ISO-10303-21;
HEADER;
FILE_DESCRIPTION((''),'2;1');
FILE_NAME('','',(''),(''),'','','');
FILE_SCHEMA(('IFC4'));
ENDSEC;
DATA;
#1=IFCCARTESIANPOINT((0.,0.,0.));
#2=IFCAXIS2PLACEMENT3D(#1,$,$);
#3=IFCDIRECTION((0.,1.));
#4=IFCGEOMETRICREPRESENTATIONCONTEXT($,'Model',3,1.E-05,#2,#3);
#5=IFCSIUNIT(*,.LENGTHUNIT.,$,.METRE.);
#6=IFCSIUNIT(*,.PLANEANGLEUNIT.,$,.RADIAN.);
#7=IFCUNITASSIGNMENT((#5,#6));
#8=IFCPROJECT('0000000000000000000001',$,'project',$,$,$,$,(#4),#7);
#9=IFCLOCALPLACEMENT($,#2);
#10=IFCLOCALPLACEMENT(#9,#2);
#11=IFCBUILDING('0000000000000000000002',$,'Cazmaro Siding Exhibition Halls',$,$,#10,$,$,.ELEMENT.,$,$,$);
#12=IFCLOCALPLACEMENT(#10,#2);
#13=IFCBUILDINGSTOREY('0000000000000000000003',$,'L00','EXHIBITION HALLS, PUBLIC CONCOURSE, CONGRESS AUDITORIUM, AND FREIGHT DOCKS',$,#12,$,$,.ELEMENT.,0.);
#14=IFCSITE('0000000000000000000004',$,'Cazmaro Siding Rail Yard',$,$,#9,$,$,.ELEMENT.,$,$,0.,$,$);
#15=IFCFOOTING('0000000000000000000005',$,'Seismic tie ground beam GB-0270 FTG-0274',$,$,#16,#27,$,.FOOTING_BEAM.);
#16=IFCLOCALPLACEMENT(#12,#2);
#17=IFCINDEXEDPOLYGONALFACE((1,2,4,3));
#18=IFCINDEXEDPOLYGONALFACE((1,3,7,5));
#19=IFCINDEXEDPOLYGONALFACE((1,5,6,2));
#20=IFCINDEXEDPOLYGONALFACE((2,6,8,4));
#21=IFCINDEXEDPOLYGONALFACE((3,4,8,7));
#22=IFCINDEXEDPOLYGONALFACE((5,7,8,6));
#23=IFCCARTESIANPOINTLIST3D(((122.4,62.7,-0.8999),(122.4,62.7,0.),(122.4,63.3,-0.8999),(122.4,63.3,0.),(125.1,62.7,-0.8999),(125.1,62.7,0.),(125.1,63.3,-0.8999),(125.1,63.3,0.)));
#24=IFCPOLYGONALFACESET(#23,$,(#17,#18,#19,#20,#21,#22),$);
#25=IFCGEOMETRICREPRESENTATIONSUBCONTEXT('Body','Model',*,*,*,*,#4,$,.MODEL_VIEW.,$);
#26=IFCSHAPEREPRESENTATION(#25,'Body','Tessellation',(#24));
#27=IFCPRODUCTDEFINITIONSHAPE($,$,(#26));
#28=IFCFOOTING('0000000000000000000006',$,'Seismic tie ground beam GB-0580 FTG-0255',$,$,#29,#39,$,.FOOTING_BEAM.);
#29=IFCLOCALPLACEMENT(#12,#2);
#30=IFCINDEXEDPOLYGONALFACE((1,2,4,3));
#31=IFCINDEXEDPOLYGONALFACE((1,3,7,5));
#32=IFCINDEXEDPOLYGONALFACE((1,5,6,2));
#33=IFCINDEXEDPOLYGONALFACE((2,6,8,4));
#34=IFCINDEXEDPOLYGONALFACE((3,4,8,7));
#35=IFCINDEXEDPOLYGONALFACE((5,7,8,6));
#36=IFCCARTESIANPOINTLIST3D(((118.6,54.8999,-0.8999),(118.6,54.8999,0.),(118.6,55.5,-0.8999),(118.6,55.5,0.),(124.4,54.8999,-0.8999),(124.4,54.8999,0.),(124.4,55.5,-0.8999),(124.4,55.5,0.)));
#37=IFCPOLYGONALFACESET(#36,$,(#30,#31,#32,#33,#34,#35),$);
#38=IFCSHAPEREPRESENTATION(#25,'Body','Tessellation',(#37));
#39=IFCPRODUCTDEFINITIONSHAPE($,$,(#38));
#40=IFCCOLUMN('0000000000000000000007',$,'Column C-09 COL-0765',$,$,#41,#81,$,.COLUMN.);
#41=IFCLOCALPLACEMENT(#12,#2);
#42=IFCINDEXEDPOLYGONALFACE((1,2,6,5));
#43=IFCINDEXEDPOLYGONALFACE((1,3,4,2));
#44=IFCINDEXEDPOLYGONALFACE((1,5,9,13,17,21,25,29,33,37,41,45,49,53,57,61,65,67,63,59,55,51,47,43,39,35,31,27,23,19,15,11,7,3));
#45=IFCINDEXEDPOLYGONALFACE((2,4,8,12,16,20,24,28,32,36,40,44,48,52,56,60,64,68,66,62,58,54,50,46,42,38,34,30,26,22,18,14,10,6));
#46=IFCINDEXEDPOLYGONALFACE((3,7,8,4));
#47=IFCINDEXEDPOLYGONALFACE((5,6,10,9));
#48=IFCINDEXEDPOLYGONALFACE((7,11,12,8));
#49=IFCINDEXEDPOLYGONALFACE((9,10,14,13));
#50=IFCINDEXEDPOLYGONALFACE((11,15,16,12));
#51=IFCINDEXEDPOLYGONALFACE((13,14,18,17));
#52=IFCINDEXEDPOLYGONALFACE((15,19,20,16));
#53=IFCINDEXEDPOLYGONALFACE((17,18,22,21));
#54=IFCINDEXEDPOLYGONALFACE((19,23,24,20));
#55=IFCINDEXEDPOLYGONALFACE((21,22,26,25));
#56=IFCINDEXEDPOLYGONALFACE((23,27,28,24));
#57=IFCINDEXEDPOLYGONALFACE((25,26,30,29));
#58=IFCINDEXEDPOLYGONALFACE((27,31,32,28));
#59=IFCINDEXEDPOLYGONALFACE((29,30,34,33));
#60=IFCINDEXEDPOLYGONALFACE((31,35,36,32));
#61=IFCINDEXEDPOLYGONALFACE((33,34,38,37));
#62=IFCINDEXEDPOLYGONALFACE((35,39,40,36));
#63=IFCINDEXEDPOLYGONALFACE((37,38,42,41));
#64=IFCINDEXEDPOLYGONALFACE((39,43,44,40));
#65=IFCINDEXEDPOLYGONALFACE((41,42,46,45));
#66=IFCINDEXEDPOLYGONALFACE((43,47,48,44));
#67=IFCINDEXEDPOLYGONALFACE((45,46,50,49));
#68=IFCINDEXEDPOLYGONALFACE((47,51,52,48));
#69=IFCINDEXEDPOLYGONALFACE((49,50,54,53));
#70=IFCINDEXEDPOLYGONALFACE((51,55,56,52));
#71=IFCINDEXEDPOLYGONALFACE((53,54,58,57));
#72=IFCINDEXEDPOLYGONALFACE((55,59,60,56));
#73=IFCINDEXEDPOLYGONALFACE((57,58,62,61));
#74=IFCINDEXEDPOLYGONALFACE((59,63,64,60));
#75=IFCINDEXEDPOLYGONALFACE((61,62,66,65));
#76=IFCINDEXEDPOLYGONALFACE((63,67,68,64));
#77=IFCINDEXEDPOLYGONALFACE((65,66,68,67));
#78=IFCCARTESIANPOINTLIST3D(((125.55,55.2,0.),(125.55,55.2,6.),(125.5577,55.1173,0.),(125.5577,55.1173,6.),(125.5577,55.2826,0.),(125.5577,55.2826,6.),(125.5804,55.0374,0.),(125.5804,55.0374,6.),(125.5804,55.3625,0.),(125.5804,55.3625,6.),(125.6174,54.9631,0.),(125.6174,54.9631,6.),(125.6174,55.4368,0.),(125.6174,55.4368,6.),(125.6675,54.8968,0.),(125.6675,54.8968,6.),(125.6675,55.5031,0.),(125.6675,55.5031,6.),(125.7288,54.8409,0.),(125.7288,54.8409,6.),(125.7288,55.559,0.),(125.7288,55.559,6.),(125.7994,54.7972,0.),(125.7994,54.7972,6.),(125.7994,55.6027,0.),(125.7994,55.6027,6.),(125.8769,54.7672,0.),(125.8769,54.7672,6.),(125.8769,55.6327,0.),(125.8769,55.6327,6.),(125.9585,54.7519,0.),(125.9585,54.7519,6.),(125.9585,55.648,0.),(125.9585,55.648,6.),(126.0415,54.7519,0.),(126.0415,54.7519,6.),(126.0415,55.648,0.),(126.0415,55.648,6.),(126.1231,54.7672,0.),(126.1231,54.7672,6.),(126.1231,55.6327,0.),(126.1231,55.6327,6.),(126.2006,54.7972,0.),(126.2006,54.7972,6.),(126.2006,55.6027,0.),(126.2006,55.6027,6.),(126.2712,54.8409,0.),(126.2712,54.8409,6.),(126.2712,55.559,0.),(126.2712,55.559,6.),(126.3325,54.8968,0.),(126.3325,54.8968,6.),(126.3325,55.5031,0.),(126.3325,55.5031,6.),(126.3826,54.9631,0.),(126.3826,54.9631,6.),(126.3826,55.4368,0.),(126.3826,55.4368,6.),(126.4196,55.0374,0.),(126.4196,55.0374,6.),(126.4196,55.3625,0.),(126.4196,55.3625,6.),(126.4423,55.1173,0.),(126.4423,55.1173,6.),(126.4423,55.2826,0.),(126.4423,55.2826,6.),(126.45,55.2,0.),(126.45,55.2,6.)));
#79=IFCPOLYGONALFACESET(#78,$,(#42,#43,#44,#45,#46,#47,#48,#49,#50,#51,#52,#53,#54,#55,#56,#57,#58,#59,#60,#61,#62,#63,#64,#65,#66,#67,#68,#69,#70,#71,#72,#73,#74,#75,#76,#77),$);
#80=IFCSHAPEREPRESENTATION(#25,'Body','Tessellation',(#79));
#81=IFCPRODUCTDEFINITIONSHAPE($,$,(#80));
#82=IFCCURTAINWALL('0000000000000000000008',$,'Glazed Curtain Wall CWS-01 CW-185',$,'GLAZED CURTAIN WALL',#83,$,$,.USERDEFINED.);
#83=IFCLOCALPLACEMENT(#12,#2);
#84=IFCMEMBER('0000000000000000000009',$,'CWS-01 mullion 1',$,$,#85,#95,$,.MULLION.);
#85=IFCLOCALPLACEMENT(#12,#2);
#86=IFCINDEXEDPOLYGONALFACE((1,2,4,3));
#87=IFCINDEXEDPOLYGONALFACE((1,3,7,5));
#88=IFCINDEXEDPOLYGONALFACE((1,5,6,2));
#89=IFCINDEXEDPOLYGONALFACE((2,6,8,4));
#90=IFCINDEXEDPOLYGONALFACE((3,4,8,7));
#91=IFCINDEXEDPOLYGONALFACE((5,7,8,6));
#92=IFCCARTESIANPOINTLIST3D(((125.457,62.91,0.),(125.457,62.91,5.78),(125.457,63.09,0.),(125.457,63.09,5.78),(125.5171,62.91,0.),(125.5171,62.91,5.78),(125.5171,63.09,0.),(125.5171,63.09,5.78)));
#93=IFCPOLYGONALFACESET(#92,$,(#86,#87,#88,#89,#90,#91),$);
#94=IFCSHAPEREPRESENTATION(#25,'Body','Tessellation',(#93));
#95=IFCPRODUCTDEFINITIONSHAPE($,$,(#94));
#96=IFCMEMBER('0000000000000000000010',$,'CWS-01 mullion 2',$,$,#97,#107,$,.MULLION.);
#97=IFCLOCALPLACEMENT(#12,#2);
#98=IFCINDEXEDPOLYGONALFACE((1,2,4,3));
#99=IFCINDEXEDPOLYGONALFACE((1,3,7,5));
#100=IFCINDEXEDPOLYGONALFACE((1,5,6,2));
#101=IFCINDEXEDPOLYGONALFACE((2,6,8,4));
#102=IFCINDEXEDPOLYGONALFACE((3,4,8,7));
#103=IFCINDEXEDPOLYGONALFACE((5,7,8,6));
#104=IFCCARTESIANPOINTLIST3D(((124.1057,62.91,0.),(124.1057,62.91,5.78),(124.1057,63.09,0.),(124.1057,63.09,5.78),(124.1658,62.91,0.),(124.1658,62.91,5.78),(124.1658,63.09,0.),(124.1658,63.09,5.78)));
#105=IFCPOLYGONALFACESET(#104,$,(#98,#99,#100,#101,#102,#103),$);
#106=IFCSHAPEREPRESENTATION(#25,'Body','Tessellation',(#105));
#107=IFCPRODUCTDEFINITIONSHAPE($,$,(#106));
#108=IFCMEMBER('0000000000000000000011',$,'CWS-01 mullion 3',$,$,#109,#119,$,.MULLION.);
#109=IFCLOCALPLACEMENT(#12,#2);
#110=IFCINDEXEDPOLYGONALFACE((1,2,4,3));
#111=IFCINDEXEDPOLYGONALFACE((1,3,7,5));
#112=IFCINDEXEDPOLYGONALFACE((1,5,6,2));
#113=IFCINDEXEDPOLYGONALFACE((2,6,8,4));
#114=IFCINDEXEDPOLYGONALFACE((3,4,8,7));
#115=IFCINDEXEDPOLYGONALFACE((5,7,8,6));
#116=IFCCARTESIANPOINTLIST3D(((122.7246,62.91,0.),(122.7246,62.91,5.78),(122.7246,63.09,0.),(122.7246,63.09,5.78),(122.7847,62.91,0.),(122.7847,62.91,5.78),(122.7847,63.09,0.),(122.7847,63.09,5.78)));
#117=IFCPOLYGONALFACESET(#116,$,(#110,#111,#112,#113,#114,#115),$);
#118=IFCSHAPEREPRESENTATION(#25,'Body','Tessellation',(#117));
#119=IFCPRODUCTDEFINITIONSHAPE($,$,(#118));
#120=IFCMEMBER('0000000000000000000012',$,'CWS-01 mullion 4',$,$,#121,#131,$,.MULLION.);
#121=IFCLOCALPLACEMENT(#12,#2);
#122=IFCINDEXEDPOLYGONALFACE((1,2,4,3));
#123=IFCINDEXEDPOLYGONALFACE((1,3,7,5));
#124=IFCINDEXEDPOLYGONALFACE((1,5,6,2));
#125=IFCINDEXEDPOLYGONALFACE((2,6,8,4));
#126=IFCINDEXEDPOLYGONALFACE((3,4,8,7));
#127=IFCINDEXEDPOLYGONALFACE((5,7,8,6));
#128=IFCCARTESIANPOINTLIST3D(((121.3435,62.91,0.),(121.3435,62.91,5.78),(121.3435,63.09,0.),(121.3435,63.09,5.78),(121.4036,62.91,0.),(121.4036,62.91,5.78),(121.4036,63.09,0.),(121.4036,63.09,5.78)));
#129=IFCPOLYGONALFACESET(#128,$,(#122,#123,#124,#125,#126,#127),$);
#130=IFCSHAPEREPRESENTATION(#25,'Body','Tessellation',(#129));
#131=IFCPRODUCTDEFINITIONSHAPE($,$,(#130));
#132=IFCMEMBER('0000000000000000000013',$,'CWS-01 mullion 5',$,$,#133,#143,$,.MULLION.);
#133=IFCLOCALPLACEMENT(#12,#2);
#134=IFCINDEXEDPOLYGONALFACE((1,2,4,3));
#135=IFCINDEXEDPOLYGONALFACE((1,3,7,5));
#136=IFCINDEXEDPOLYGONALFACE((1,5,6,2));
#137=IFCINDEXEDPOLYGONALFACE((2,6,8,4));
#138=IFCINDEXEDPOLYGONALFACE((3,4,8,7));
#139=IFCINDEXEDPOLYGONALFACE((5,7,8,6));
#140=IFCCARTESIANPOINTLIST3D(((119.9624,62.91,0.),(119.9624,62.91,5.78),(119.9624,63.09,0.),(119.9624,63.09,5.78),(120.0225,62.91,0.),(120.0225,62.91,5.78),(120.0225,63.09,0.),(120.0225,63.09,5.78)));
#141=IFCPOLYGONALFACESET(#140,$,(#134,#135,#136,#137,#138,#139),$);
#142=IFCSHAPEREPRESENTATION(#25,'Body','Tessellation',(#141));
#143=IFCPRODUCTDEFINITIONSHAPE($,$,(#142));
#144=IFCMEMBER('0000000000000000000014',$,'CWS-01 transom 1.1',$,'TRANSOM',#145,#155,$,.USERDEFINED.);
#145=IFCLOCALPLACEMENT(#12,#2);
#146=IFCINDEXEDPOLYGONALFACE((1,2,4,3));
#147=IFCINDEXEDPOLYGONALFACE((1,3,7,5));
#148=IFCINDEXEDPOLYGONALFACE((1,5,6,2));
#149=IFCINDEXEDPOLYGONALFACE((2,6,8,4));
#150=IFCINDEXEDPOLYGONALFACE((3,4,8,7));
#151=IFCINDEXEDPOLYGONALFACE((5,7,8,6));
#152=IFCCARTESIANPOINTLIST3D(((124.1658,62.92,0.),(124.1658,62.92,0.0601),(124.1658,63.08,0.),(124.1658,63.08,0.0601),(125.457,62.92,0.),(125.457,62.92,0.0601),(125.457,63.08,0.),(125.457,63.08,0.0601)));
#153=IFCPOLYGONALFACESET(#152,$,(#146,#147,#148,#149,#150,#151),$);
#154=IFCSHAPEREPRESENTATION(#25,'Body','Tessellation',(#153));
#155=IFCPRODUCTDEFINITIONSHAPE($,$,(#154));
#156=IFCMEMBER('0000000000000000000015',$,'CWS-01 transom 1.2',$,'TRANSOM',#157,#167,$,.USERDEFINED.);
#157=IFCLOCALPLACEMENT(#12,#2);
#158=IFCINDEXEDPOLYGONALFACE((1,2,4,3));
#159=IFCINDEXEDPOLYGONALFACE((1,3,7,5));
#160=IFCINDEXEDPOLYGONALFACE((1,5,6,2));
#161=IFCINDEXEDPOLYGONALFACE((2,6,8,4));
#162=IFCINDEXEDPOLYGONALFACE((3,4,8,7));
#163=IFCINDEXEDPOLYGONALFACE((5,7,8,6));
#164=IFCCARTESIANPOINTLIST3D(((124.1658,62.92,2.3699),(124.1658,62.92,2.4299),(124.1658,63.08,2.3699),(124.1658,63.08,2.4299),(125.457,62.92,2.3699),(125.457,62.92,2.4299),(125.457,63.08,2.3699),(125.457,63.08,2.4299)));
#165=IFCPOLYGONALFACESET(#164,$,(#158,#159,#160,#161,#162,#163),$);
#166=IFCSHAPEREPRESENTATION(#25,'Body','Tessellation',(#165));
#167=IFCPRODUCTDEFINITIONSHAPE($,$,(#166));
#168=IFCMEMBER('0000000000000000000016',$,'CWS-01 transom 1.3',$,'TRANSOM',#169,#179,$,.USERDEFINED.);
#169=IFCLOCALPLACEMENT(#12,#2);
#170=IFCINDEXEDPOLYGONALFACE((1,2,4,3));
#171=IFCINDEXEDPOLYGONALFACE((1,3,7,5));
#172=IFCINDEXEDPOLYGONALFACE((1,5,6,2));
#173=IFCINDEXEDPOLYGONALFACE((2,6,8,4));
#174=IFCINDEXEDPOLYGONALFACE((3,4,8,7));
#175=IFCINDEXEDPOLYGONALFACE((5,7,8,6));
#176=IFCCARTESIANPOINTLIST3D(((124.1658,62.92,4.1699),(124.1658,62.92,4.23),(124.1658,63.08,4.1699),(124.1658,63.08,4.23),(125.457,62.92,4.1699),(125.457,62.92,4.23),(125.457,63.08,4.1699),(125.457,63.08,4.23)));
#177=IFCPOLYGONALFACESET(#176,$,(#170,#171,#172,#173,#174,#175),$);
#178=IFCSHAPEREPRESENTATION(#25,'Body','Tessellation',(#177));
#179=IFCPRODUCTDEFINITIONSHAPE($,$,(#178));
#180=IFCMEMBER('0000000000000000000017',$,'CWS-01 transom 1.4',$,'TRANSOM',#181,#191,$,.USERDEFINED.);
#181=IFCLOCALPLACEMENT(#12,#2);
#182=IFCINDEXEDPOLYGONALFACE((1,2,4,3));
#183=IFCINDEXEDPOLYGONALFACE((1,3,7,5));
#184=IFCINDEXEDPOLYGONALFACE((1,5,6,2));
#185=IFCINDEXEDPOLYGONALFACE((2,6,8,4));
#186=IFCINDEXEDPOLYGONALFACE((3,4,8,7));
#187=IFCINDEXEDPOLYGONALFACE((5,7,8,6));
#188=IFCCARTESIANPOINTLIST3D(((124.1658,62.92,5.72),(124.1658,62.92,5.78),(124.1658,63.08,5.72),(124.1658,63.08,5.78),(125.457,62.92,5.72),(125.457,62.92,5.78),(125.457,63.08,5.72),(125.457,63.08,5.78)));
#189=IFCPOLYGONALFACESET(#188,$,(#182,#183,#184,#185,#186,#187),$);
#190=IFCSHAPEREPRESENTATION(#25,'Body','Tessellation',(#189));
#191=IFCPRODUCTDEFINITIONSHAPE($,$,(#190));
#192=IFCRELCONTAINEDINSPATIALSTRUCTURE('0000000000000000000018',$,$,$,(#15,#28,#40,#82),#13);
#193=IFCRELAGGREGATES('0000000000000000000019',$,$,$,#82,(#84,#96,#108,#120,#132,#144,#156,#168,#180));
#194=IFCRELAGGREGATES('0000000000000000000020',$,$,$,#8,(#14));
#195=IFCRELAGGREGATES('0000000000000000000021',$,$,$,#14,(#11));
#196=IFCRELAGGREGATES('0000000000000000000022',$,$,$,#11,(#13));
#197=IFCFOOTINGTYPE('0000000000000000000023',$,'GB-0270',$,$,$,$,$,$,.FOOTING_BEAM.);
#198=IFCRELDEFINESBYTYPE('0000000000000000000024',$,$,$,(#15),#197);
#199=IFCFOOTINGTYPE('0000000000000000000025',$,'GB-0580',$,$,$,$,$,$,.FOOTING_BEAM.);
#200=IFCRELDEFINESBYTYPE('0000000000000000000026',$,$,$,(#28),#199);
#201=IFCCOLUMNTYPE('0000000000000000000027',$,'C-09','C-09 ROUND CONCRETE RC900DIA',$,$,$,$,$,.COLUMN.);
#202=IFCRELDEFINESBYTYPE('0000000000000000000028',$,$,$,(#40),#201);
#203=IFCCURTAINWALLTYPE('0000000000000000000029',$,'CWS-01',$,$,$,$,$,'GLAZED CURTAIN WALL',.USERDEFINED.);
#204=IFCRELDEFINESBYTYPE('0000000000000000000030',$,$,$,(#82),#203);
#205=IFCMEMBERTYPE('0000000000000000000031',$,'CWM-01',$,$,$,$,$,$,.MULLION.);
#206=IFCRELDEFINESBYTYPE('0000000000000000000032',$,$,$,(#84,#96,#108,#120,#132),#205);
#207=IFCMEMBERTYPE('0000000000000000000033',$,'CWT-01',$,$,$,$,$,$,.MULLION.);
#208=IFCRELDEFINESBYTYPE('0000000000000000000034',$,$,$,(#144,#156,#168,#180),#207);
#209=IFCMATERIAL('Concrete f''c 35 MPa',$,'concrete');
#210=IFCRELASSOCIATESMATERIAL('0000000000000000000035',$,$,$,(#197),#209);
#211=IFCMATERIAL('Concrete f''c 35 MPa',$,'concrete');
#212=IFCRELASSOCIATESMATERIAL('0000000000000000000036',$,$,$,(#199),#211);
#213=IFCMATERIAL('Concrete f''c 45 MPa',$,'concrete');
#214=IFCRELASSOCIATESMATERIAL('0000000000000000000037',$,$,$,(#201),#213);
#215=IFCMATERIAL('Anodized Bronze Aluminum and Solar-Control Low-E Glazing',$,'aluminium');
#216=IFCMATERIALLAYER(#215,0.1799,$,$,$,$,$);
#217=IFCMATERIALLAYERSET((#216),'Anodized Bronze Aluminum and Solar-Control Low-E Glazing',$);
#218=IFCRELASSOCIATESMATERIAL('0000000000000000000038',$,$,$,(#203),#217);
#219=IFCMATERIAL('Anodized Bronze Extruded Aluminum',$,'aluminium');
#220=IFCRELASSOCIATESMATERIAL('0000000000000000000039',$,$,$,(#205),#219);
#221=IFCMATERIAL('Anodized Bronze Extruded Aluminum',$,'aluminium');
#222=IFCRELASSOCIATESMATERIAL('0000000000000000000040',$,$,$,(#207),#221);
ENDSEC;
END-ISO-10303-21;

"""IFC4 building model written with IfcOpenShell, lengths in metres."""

from ifc_helpers import new_model, si_unit, direction, frame, origin, origin_2d, place, context, subcontext, project, spatial, rectangle, circle, extrude, material, layer, layer_set, material_profile, profile_set, type_object, element, aggregate, save


model = new_model("IFC4")

# Units and contexts
model_context = context("Model", 3, precision=1e-05, world=origin(), true_north=direction((0.0, 1.0)))
body_context = subcontext(model_context, "Body", "Model", "MODEL_VIEW")
ifc_project = project(units=[si_unit("LENGTHUNIT", "METRE"), si_unit("PLANEANGLEUNIT", "RADIAN")], contexts=[model_context])

# Site, building, storey
site_placement = place(None, origin())
site = spatial("IfcSite", under=ifc_project, at=site_placement, Name="Cazmaro Siding Rail Yard", CompositionType="ELEMENT", RefElevation=0.0)
building_placement = place(site_placement, origin())
building = spatial("IfcBuilding", under=site, at=building_placement, Name="Cazmaro Siding Exhibition Halls", CompositionType="ELEMENT")
storey_placement = place(building_placement, origin())
storey = spatial("IfcBuildingStorey", under=building, at=storey_placement, Name="L00", Description="EXHIBITION HALLS, PUBLIC CONCOURSE, CONGRESS AUDITORIUM, AND FREIGHT DOCKS", CompositionType="ELEMENT", Elevation=0.0)

# Footings
ifc_material_1 = material(Name="Concrete f'c 35 MPa", Category="concrete")
footing_type_1 = type_object("IfcFootingType", Name="GB-0270", PredefinedType="FOOTING_BEAM", material=ifc_material_1)
footing_1_placement = place(storey_placement, frame((123.75, 63.0, -0.8999), z_axis=(0.0, 0.0, 1.0), x_axis=(1.0, 0.0, 0.0)))
element("IfcFooting", 1, at=footing_1_placement, inside=storey, type_object=footing_type_1, Name="Seismic tie ground beam GB-0270 FTG-0274", PredefinedType="FOOTING_BEAM", context=body_context, shape_type="SweptSolid", body=[
    extrude(rectangle(XDim=2.7, YDim=0.6001, at=origin_2d()), origin(), (0.0, 0.0, 1.0), 0.8999),
])
ifc_material_2 = material(Name="Concrete f'c 35 MPa", Category="concrete")
footing_type_2 = type_object("IfcFootingType", Name="GB-0580", PredefinedType="FOOTING_BEAM", material=ifc_material_2)
footing_2_placement = place(storey_placement, frame((121.5, 55.2, -0.8999), z_axis=(0.0, 0.0, 1.0), x_axis=(1.0, 0.0, 0.0)))
element("IfcFooting", 2, at=footing_2_placement, inside=storey, type_object=footing_type_2, Name="Seismic tie ground beam GB-0580 FTG-0255", PredefinedType="FOOTING_BEAM", context=body_context, shape_type="SweptSolid", body=[
    extrude(rectangle(XDim=5.8, YDim=0.6001, at=origin_2d()), origin(), (0.0, 0.0, 1.0), 0.8999),
])

# Column
ifc_material_3 = material(Name="Concrete f'c 45 MPa", Category="concrete")
ifc_material_profile_1 = material_profile(ifc_material_3, circle(Radius=0.45, at=origin_2d()), Name="RC900DIA")
ifc_profile_set_1 = profile_set([ifc_material_profile_1], Name="Concrete f'c 45 MPa")
column_type = type_object("IfcColumnType", Name="C-09", Description="C-09 ROUND CONCRETE RC900DIA", PredefinedType="COLUMN", material=ifc_profile_set_1)
column_placement = place(storey_placement, frame((126.0, 55.2, 0.0), z_axis=(0.0, 0.0, 1.0), x_axis=(1.0, 0.0, 0.0)))
element("IfcColumn", 3, at=column_placement, inside=storey, type_object=column_type, Name="Column C-09 COL-0765", PredefinedType="COLUMN", context=body_context, shape_type="SweptSolid", body=[
    extrude(circle(Radius=0.45, at=origin_2d()), origin(), (0.0, 0.0, 1.0), 6.0),
])

# Curtain wall, members
ifc_material_4 = material(Name="Anodized Bronze Aluminum and Solar-Control Low-E Glazing", Category="aluminium")
ifc_layer_1 = layer(ifc_material_4, 0.1799)
ifc_layer_set_1 = layer_set([ifc_layer_1], Name="Anodized Bronze Aluminum and Solar-Control Low-E Glazing")
curtain_wall_type = type_object("IfcCurtainWallType", Name="CWS-01", ElementType="GLAZED CURTAIN WALL", PredefinedType="USERDEFINED", material=ifc_layer_set_1)
curtain_wall_placement = place(storey_placement, origin())
curtain_wall = element("IfcCurtainWall", 4, at=curtain_wall_placement, inside=storey, type_object=curtain_wall_type, Name="Glazed Curtain Wall CWS-01 CW-185", ObjectType="GLAZED CURTAIN WALL", PredefinedType="USERDEFINED")
ifc_material_5 = material(Name="Anodized Bronze Extruded Aluminum", Category="aluminium")
ifc_material_profile_2 = material_profile(ifc_material_5, rectangle(XDim=0.1799, YDim=0.0601, at=origin_2d()), Name="CWM-01")
ifc_profile_set_2 = profile_set([ifc_material_profile_2], Name="Anodized Bronze Extruded Aluminum")
member_type_1 = type_object("IfcMemberType", Name="CWM-01", PredefinedType="MULLION", material=ifc_profile_set_2)
member_1_placement = place(storey_placement, frame((125.4871, 63.0, 0.0), z_axis=(0.0, 0.0, 1.0), x_axis=(0.0, -1.0, 0.0)))
member_1 = element("IfcMember", 5, at=member_1_placement, type_object=member_type_1, Name="CWS-01 mullion 1", PredefinedType="MULLION", context=body_context, shape_type="SweptSolid", body=[
    extrude(rectangle(XDim=0.1799, YDim=0.0601, at=origin_2d()), origin(), (0.0, 0.0, 1.0), 5.78),
])
member_2_placement = place(storey_placement, frame((124.1357, 63.0, 0.0), z_axis=(0.0, 0.0, 1.0), x_axis=(0.0, -1.0, 0.0)))
member_2 = element("IfcMember", 6, at=member_2_placement, type_object=member_type_1, Name="CWS-01 mullion 2", PredefinedType="MULLION", context=body_context, shape_type="SweptSolid", body=[
    extrude(rectangle(XDim=0.1799, YDim=0.0601, at=origin_2d()), origin(), (0.0, 0.0, 1.0), 5.78),
])
member_3_placement = place(storey_placement, frame((122.7546, 63.0, 0.0), z_axis=(0.0, 0.0, 1.0), x_axis=(0.0, -1.0, 0.0)))
member_3 = element("IfcMember", 7, at=member_3_placement, type_object=member_type_1, Name="CWS-01 mullion 3", PredefinedType="MULLION", context=body_context, shape_type="SweptSolid", body=[
    extrude(rectangle(XDim=0.1799, YDim=0.0601, at=origin_2d()), origin(), (0.0, 0.0, 1.0), 5.78),
])
member_4_placement = place(storey_placement, frame((121.3735, 63.0, 0.0), z_axis=(0.0, 0.0, 1.0), x_axis=(0.0, -1.0, 0.0)))
member_4 = element("IfcMember", 8, at=member_4_placement, type_object=member_type_1, Name="CWS-01 mullion 4", PredefinedType="MULLION", context=body_context, shape_type="SweptSolid", body=[
    extrude(rectangle(XDim=0.1799, YDim=0.0601, at=origin_2d()), origin(), (0.0, 0.0, 1.0), 5.78),
])
member_5_placement = place(storey_placement, frame((119.9924, 63.0, 0.0), z_axis=(0.0, 0.0, 1.0), x_axis=(0.0, -1.0, 0.0)))
member_5 = element("IfcMember", 9, at=member_5_placement, type_object=member_type_1, Name="CWS-01 mullion 5", PredefinedType="MULLION", context=body_context, shape_type="SweptSolid", body=[
    extrude(rectangle(XDim=0.1799, YDim=0.0601, at=origin_2d()), origin(), (0.0, 0.0, 1.0), 5.78),
])
ifc_material_6 = material(Name="Anodized Bronze Extruded Aluminum", Category="aluminium")
ifc_material_profile_3 = material_profile(ifc_material_6, rectangle(XDim=0.1599, YDim=0.0601, at=origin_2d()), Name="CWT-01")
ifc_profile_set_3 = profile_set([ifc_material_profile_3], Name="Anodized Bronze Extruded Aluminum")
member_type_2 = type_object("IfcMemberType", Name="CWT-01", PredefinedType="MULLION", material=ifc_profile_set_3)
member_6_placement = place(storey_placement, frame((125.457, 63.0, 0.03), z_axis=(-1.0, 0.0, 0.0), x_axis=(0.0, -1.0, 0.0)))
member_6 = element("IfcMember", 10, at=member_6_placement, type_object=member_type_2, Name="CWS-01 transom 1.1", ObjectType="TRANSOM", PredefinedType="USERDEFINED", context=body_context, shape_type="SweptSolid", body=[
    extrude(rectangle(XDim=0.1599, YDim=0.0601, at=origin_2d()), origin(), (0.0, 0.0, 1.0), 1.2913),
])
member_7_placement = place(storey_placement, frame((125.457, 63.0, 2.3999), z_axis=(-1.0, 0.0, 0.0), x_axis=(0.0, -1.0, 0.0)))
member_7 = element("IfcMember", 11, at=member_7_placement, type_object=member_type_2, Name="CWS-01 transom 1.2", ObjectType="TRANSOM", PredefinedType="USERDEFINED", context=body_context, shape_type="SweptSolid", body=[
    extrude(rectangle(XDim=0.1599, YDim=0.0601, at=origin_2d()), origin(), (0.0, 0.0, 1.0), 1.2913),
])
member_8_placement = place(storey_placement, frame((125.457, 63.0, 4.2), z_axis=(-1.0, 0.0, 0.0), x_axis=(0.0, -1.0, 0.0)))
member_8 = element("IfcMember", 12, at=member_8_placement, type_object=member_type_2, Name="CWS-01 transom 1.3", ObjectType="TRANSOM", PredefinedType="USERDEFINED", context=body_context, shape_type="SweptSolid", body=[
    extrude(rectangle(XDim=0.1599, YDim=0.0601, at=origin_2d()), origin(), (0.0, 0.0, 1.0), 1.2913),
])
member_9_placement = place(storey_placement, frame((125.457, 63.0, 5.75), z_axis=(-1.0, 0.0, 0.0), x_axis=(0.0, -1.0, 0.0)))
member_9 = element("IfcMember", 13, at=member_9_placement, type_object=member_type_2, Name="CWS-01 transom 1.4", ObjectType="TRANSOM", PredefinedType="USERDEFINED", context=body_context, shape_type="SweptSolid", body=[
    extrude(rectangle(XDim=0.1599, YDim=0.0601, at=origin_2d()), origin(), (0.0, 0.0, 1.0), 1.2913),
])
aggregate(curtain_wall, [member_1, member_2, member_3, member_4, member_5, member_6, member_7, member_8, member_9])

save(model, "model.ifc")
